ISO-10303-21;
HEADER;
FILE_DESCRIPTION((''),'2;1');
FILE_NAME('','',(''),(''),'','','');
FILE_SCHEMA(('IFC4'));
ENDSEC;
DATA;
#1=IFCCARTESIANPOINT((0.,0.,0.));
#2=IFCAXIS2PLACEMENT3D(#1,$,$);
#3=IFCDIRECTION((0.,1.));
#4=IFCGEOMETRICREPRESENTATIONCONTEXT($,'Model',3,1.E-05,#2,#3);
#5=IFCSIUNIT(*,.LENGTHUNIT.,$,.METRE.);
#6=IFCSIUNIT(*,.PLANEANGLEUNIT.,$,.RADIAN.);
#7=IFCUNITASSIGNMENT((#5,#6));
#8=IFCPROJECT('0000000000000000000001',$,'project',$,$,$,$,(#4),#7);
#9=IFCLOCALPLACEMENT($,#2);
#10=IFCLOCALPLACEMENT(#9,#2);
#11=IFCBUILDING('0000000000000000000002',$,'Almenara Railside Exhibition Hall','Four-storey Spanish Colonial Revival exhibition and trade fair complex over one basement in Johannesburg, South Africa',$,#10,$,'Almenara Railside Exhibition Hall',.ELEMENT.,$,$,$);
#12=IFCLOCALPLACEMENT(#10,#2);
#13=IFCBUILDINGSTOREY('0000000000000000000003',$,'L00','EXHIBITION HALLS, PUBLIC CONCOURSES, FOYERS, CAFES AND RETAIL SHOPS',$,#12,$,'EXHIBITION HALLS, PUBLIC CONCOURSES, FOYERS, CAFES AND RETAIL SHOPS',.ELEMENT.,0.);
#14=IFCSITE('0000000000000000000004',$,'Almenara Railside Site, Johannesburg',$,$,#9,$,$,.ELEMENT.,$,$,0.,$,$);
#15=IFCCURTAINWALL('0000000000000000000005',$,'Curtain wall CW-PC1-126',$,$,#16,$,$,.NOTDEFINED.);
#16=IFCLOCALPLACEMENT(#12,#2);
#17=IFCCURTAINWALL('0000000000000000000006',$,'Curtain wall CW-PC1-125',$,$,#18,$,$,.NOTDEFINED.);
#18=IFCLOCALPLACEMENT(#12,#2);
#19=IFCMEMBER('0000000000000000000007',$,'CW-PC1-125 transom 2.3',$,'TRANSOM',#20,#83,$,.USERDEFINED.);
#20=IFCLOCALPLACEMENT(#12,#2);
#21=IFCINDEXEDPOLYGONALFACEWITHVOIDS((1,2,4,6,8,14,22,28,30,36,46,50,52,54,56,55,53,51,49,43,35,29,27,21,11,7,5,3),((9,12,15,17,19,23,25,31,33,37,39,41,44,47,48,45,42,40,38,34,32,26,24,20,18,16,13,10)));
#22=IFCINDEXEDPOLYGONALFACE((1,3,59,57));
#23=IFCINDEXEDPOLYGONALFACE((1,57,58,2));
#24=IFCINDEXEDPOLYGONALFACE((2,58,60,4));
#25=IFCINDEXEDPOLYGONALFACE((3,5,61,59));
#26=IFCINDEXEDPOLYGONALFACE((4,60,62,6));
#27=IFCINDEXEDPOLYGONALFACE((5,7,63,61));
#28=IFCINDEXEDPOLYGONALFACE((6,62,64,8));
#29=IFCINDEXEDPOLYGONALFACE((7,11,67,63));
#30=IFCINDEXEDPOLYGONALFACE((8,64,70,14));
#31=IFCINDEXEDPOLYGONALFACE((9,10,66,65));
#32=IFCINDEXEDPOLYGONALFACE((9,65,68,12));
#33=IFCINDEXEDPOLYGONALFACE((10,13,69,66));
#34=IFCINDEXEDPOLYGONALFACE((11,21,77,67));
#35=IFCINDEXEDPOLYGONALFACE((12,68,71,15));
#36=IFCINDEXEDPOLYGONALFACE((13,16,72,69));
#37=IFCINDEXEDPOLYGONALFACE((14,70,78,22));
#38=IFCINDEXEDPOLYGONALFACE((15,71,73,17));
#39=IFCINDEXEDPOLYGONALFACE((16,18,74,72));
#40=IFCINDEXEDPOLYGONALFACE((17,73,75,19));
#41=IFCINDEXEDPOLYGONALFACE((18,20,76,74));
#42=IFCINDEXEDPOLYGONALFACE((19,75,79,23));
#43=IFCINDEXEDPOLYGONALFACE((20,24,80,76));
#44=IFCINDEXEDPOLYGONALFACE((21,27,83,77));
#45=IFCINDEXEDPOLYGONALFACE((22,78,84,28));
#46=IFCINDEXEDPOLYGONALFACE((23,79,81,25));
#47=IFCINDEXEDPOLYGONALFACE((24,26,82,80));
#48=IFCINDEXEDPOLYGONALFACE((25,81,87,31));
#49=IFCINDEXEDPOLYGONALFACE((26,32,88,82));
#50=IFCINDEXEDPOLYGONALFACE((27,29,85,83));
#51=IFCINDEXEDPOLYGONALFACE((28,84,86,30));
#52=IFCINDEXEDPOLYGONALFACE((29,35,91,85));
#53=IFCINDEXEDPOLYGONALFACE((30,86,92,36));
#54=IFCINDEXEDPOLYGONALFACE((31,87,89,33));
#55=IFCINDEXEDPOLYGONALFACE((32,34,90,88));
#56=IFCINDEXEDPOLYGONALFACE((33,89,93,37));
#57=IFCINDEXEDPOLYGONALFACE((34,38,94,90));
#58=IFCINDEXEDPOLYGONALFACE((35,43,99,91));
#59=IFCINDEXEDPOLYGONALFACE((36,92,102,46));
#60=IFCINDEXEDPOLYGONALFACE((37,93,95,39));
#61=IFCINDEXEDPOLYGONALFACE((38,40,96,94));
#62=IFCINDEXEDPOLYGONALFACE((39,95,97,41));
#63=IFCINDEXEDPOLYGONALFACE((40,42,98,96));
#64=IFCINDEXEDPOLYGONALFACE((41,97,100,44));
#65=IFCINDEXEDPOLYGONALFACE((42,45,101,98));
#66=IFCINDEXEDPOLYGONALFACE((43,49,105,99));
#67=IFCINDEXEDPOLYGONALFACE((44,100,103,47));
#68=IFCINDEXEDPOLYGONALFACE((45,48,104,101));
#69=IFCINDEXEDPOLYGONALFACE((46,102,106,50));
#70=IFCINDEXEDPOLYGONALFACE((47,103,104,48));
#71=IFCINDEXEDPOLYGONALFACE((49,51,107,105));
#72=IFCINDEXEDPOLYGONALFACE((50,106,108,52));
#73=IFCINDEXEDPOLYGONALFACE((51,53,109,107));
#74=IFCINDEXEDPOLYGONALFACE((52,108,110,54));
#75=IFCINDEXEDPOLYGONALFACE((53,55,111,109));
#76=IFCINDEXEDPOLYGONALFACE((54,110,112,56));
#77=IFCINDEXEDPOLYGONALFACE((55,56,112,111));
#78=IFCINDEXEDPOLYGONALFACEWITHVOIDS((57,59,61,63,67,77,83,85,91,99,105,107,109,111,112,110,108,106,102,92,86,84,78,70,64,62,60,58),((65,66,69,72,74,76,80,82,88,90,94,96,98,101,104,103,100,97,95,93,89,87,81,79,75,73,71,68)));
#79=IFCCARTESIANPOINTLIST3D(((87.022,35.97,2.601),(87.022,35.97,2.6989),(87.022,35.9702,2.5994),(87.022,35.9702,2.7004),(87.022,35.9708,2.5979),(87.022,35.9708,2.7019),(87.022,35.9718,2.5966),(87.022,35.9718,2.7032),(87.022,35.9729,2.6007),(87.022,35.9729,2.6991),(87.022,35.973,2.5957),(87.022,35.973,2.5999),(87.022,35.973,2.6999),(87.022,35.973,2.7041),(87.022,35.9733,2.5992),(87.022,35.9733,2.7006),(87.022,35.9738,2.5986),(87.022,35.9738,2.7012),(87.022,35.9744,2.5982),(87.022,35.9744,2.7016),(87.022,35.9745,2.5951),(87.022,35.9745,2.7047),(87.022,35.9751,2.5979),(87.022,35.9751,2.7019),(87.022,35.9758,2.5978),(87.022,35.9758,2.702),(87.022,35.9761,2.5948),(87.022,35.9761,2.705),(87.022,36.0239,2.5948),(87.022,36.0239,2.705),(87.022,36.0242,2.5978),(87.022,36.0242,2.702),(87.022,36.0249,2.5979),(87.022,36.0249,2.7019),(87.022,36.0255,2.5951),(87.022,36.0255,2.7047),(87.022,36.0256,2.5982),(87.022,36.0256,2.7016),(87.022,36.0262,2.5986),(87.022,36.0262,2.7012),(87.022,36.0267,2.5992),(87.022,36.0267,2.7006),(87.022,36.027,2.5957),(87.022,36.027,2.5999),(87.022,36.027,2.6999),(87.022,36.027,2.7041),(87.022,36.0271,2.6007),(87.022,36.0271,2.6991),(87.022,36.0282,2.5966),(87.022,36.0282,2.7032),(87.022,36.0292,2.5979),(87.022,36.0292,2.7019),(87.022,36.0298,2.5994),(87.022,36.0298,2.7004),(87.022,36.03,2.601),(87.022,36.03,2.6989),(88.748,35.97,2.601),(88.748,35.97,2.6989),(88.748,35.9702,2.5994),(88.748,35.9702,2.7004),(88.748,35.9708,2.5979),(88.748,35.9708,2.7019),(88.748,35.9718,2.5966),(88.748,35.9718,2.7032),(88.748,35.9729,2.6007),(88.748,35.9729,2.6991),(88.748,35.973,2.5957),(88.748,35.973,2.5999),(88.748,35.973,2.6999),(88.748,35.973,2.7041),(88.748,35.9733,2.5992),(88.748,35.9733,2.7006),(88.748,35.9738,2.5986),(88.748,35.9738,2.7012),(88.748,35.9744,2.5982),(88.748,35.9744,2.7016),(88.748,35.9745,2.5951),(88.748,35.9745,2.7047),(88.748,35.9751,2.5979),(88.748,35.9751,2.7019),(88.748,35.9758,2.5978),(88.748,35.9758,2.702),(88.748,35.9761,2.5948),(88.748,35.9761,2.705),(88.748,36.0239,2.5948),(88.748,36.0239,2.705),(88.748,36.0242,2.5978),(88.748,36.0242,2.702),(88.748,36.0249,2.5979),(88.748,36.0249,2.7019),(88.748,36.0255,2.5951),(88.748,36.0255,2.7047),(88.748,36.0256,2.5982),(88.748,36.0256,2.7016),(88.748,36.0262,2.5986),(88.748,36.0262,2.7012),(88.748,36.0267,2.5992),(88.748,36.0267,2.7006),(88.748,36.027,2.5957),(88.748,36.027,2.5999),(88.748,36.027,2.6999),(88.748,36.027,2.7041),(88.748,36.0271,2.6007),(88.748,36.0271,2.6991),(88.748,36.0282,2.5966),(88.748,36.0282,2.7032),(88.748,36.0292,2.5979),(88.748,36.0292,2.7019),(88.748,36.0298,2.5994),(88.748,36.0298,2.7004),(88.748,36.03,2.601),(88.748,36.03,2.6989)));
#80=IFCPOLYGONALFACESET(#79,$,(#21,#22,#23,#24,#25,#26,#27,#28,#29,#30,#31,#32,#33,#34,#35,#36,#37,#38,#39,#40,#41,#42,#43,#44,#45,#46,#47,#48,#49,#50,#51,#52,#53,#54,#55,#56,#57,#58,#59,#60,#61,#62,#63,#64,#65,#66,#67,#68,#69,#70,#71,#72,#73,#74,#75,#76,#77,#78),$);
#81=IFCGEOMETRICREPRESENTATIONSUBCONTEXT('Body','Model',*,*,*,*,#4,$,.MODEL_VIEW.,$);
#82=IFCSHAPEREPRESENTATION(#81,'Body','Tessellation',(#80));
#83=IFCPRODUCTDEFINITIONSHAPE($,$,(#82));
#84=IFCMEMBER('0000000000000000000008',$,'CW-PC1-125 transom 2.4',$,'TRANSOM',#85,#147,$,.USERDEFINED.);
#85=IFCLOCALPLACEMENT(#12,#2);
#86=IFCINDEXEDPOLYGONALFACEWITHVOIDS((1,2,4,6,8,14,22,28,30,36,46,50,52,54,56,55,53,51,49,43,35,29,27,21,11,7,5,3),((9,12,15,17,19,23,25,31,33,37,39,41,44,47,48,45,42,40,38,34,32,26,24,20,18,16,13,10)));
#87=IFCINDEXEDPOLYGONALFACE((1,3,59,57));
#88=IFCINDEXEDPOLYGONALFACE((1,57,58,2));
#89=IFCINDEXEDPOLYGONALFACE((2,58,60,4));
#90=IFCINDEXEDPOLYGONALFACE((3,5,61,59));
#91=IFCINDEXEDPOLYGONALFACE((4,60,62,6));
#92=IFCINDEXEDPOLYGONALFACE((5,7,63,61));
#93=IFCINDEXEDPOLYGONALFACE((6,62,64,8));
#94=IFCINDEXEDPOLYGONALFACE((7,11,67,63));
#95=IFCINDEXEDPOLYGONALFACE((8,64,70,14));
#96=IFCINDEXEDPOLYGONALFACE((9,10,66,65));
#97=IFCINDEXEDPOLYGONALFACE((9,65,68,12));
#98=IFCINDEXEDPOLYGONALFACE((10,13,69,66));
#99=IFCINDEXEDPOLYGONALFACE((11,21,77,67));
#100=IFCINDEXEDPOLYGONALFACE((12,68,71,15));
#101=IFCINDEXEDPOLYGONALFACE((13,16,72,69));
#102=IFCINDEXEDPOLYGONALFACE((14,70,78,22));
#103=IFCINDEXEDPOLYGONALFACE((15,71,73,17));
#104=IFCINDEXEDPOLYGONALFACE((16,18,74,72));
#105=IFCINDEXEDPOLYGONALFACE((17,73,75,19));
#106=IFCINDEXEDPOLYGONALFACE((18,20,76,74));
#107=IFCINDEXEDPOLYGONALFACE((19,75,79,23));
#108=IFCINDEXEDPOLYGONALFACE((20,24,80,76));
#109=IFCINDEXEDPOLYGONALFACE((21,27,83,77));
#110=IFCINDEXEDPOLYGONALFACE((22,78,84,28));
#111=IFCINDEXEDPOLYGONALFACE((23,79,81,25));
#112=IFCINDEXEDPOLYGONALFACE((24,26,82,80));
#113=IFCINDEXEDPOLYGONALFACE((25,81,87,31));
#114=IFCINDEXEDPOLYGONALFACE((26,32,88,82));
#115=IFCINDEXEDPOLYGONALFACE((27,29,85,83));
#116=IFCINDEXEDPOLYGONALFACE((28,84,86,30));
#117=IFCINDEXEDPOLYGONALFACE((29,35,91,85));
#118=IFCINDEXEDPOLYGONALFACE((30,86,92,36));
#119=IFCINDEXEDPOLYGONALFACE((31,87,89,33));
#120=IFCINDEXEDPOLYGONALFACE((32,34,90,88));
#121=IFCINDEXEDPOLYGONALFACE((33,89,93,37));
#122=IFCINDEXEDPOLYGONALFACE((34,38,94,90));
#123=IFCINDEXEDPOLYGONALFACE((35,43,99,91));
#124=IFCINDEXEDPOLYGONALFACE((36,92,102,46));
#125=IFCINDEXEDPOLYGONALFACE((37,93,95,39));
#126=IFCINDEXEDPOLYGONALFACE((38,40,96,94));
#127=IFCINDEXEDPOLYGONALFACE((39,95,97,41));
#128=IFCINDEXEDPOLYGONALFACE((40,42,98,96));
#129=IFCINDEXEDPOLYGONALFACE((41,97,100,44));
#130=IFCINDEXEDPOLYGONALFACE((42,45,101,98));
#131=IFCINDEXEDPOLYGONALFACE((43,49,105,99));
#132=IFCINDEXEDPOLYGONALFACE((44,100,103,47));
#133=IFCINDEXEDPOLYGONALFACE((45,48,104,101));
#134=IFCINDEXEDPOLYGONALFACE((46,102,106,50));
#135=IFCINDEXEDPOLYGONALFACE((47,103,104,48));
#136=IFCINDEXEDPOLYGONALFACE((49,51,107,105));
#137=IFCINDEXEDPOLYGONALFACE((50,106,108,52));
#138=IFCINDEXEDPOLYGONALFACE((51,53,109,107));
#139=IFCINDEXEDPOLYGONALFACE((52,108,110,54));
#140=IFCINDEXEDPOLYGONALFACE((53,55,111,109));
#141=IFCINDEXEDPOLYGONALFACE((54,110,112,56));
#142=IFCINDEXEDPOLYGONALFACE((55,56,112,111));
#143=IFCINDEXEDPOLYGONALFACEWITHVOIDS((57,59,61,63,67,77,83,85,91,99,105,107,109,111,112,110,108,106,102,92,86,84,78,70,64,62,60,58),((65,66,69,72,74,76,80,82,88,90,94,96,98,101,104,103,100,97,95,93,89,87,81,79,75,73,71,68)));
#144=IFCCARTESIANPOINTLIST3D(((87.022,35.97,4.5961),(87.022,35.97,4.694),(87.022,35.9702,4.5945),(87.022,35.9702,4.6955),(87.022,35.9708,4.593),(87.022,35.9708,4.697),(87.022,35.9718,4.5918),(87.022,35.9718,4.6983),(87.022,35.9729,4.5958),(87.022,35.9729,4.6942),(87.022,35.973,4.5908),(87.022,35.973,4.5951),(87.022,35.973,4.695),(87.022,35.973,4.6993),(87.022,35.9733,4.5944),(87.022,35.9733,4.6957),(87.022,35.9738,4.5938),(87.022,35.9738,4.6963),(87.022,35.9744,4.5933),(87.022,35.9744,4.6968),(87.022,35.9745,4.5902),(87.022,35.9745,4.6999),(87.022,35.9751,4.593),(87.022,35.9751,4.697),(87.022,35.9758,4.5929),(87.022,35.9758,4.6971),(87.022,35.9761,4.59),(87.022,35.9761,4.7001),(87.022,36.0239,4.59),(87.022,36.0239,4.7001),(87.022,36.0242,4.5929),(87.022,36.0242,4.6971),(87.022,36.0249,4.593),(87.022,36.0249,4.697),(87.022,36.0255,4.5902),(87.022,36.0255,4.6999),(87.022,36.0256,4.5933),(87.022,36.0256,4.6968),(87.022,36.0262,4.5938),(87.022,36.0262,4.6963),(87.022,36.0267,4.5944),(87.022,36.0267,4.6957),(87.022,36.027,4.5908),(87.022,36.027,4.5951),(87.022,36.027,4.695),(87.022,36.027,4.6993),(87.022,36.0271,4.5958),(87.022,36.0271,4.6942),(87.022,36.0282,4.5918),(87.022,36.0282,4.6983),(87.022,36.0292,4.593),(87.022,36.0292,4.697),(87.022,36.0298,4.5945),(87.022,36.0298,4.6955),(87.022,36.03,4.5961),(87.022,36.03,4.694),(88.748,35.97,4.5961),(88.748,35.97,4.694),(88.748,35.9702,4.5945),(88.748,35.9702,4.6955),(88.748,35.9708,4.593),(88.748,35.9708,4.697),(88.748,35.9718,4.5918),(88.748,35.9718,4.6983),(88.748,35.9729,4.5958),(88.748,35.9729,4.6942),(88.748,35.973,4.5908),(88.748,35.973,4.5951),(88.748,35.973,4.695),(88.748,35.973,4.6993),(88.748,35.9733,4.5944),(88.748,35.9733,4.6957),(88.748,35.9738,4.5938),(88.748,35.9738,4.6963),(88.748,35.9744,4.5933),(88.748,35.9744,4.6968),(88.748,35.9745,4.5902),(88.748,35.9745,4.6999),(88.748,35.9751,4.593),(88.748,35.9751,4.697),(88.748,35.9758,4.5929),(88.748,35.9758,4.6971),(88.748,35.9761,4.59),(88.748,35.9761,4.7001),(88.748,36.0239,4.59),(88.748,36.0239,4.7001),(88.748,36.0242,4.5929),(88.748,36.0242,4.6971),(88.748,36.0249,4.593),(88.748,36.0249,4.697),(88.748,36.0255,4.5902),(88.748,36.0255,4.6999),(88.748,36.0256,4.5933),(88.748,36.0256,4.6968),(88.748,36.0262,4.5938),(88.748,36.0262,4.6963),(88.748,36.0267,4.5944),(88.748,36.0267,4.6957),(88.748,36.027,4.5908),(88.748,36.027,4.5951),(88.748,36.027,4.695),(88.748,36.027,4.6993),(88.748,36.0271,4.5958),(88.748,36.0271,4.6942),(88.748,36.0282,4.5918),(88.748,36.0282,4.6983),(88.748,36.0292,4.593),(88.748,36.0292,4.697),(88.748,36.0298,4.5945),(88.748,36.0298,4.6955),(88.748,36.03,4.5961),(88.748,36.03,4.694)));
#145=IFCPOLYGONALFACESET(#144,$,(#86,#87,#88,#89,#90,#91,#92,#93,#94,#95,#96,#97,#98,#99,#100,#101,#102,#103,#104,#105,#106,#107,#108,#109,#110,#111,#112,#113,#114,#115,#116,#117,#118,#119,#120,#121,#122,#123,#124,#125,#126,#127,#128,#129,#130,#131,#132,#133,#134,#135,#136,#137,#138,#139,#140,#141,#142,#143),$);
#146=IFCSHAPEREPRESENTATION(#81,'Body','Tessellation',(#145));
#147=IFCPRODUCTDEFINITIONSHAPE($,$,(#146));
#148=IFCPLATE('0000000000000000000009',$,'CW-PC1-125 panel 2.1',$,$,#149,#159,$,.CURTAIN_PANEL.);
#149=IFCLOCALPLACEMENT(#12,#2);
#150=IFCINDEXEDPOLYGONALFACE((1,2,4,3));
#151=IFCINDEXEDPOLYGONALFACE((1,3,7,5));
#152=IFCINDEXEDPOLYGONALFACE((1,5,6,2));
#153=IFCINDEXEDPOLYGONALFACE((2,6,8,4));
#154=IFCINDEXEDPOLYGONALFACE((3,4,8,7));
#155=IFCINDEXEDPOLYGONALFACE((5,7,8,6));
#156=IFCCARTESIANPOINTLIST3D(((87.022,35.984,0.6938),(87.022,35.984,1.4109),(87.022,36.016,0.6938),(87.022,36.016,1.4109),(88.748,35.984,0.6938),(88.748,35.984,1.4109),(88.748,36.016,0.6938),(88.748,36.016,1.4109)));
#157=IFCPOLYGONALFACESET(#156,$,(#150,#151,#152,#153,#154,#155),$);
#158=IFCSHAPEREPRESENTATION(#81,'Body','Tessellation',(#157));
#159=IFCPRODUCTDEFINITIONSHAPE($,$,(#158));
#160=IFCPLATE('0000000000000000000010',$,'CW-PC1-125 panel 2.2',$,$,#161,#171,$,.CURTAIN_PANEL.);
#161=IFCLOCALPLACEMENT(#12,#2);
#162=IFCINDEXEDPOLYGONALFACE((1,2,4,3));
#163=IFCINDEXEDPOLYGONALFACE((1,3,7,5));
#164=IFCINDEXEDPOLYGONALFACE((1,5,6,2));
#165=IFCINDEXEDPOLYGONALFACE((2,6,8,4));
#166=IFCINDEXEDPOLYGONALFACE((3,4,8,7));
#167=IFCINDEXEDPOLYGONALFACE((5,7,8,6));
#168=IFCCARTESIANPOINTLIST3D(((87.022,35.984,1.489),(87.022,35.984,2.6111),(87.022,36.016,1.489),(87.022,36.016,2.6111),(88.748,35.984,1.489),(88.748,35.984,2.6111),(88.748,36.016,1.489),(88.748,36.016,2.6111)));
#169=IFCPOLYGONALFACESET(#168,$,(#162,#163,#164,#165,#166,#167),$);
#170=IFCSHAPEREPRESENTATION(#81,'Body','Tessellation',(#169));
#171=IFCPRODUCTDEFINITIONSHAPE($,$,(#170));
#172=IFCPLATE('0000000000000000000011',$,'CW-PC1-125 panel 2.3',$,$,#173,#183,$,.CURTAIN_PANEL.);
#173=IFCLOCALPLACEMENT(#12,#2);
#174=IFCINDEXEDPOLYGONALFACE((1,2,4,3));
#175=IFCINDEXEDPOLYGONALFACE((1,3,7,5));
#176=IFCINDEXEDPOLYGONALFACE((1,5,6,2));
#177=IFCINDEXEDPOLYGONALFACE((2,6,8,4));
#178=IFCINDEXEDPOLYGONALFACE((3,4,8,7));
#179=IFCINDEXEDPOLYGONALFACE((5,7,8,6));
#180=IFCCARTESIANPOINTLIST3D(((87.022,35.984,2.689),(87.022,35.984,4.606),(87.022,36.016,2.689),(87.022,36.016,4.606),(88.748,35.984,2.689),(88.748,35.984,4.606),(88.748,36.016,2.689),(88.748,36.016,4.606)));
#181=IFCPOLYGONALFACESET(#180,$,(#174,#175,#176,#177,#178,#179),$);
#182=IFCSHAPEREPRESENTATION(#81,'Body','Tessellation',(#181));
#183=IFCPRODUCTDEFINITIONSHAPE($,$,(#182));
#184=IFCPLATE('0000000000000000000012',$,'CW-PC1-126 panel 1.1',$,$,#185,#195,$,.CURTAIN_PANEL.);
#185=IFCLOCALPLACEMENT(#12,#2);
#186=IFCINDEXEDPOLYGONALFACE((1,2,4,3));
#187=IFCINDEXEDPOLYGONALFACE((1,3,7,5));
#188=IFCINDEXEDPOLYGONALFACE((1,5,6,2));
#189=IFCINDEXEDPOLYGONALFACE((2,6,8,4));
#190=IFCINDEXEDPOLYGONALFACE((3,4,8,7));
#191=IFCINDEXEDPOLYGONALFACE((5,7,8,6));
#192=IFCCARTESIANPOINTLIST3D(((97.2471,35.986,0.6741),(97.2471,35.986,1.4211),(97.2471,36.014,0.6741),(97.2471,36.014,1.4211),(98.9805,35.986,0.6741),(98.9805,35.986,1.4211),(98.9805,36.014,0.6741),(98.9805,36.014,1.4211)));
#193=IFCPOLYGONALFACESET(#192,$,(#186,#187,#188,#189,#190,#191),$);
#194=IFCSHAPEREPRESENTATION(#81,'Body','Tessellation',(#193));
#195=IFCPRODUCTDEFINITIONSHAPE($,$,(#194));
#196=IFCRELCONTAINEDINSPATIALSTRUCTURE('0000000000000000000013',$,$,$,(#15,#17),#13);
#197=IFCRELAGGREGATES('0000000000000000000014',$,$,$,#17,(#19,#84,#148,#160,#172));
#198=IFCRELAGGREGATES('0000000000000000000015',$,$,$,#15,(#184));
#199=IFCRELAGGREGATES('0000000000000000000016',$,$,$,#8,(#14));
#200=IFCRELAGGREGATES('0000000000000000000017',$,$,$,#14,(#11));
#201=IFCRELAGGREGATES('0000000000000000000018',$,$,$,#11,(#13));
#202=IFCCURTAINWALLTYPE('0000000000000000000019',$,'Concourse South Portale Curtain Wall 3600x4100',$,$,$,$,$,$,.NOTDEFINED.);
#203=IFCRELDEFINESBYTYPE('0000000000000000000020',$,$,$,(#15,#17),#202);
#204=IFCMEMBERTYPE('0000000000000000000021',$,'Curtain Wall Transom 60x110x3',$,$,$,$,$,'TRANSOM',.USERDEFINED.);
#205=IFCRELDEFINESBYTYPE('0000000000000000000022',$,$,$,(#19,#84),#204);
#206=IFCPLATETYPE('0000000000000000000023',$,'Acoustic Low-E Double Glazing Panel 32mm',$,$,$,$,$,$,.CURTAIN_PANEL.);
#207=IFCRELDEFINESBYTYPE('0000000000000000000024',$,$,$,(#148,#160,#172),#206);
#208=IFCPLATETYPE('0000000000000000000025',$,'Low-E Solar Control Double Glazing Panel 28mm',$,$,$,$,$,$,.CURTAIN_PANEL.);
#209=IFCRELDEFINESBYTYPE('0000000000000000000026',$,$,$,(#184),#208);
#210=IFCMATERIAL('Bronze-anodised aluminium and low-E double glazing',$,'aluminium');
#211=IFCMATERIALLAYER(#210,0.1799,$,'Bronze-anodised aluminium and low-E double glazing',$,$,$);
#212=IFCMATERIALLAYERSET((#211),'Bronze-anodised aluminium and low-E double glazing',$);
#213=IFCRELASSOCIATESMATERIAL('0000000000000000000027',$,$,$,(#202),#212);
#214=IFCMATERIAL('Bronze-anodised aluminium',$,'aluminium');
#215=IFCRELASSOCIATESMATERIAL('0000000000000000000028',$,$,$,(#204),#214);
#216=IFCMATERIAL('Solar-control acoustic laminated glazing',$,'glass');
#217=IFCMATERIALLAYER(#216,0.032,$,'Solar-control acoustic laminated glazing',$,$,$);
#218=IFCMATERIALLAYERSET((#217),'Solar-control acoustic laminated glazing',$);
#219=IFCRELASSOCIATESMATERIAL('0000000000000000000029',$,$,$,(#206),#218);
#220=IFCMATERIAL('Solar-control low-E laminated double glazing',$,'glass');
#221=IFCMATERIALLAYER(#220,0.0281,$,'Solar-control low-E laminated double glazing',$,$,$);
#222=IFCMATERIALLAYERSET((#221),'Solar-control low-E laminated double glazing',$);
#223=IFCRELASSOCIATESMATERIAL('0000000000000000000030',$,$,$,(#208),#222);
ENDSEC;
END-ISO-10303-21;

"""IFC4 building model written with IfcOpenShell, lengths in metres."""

from ifc_helpers import new_model, si_unit, direction, frame, origin, origin_2d, place, context, subcontext, project, spatial, rectangle, hollow_rectangle, extrude, material, layer, layer_set, material_profile, profile_set, type_object, element, aggregate, save


model = new_model("IFC4")

# Units and contexts
model_context = context("Model", 3, precision=1e-05, world=origin(), true_north=direction((0.0, 1.0)))
body_context = subcontext(model_context, "Body", "Model", "MODEL_VIEW")
ifc_project = project(units=[si_unit("LENGTHUNIT", "METRE"), si_unit("PLANEANGLEUNIT", "RADIAN")], contexts=[model_context])

# Site, building, storey
site_placement = place(None, origin())
site = spatial("IfcSite", under=ifc_project, at=site_placement, Name="Almenara Railside Site, Johannesburg", CompositionType="ELEMENT", RefElevation=0.0)
building_placement = place(site_placement, origin())
building = spatial("IfcBuilding", under=site, at=building_placement, Name="Almenara Railside Exhibition Hall", Description="Four-storey Spanish Colonial Revival exhibition and trade fair complex over one basement in Johannesburg, South Africa", LongName="Almenara Railside Exhibition Hall", CompositionType="ELEMENT")
storey_placement = place(building_placement, origin())
storey = spatial("IfcBuildingStorey", under=building, at=storey_placement, Name="L00", Description="EXHIBITION HALLS, PUBLIC CONCOURSES, FOYERS, CAFES AND RETAIL SHOPS", LongName="EXHIBITION HALLS, PUBLIC CONCOURSES, FOYERS, CAFES AND RETAIL SHOPS", CompositionType="ELEMENT", Elevation=0.0)

# Curtain walls
ifc_material_1 = material(Name="Bronze-anodised aluminium and low-E double glazing", Category="aluminium")
ifc_layer_1 = layer(ifc_material_1, 0.1799, Name="Bronze-anodised aluminium and low-E double glazing")
ifc_layer_set_1 = layer_set([ifc_layer_1], Name="Bronze-anodised aluminium and low-E double glazing")
curtain_wall_type = type_object("IfcCurtainWallType", Name="Concourse South Portale Curtain Wall 3600x4100", PredefinedType="NOTDEFINED", material=ifc_layer_set_1)
curtain_wall_1_placement = place(storey_placement, origin())
curtain_wall_1 = element("IfcCurtainWall", 1, at=curtain_wall_1_placement, inside=storey, type_object=curtain_wall_type, Name="Curtain wall CW-PC1-126", PredefinedType="NOTDEFINED")
ifc_material_2 = material(Name="Bronze-anodised aluminium", Category="aluminium")
curtain_wall_2_placement = place(storey_placement, origin())
curtain_wall_2 = element("IfcCurtainWall", 2, at=curtain_wall_2_placement, inside=storey, type_object=curtain_wall_type, Name="Curtain wall CW-PC1-125", PredefinedType="NOTDEFINED")

# Members
ifc_material_profile_1 = material_profile(ifc_material_2, hollow_rectangle(XDim=0.0601, YDim=0.1101, WallThickness=0.0029, InnerFilletRadius=0.0029, OuterFilletRadius=0.0061, at=origin_2d()), Name="ALU-TRN 60x110x3")
ifc_profile_set_1 = profile_set([ifc_material_profile_1], Name="Bronze-anodised aluminium")
member_type_1 = type_object("IfcMemberType", Name="Curtain Wall Transom 60x110x3", ElementType="TRANSOM", PredefinedType="USERDEFINED", material=ifc_profile_set_1)
member_1_placement = place(storey_placement, frame((87.022, 36.0, 2.6499), z_axis=(1.0, 0.0, 0.0), x_axis=(0.0, 1.0, 0.0)))
member_1 = element("IfcMember", 3, at=member_1_placement, type_object=member_type_1, Name="CW-PC1-125 transom 2.3", ObjectType="TRANSOM", PredefinedType="USERDEFINED", context=body_context, shape_type="SweptSolid", body=[
    extrude(hollow_rectangle(XDim=0.0601, YDim=0.1101, WallThickness=0.0029, InnerFilletRadius=0.0029, OuterFilletRadius=0.0061, at=origin_2d()), origin(), (0.0, 0.0, 1.0), 1.7261),
])
member_2_placement = place(storey_placement, frame((87.022, 36.0, 4.645), z_axis=(1.0, 0.0, 0.0), x_axis=(0.0, 1.0, 0.0)))
member_2 = element("IfcMember", 4, at=member_2_placement, type_object=member_type_1, Name="CW-PC1-125 transom 2.4", ObjectType="TRANSOM", PredefinedType="USERDEFINED", context=body_context, shape_type="SweptSolid", body=[
    extrude(hollow_rectangle(XDim=0.0601, YDim=0.1101, WallThickness=0.0029, InnerFilletRadius=0.0029, OuterFilletRadius=0.0061, at=origin_2d()), origin(), (0.0, 0.0, 1.0), 1.7261),
])

# Plates
ifc_material_3 = material(Name="Solar-control acoustic laminated glazing", Category="glass")
ifc_layer_2 = layer(ifc_material_3, 0.032, Name="Solar-control acoustic laminated glazing")
ifc_layer_set_2 = layer_set([ifc_layer_2], Name="Solar-control acoustic laminated glazing")
plate_type_1 = type_object("IfcPlateType", Name="Acoustic Low-E Double Glazing Panel 32mm", PredefinedType="CURTAIN_PANEL", material=ifc_layer_set_2)
plate_1_placement = place(storey_placement, frame((87.885, 36.0, 0.6938), z_axis=(0.0, 0.0, 1.0), x_axis=(1.0, 0.0, 0.0)))
plate_1 = element("IfcPlate", 5, at=plate_1_placement, type_object=plate_type_1, Name="CW-PC1-125 panel 2.1", PredefinedType="CURTAIN_PANEL", context=body_context, shape_type="SweptSolid", body=[
    extrude(rectangle(XDim=1.7261, YDim=0.032, at=origin_2d()), origin(), (0.0, 0.0, 1.0), 0.717),
])
plate_2_placement = place(storey_placement, frame((87.885, 36.0, 1.489), z_axis=(0.0, 0.0, 1.0), x_axis=(1.0, 0.0, 0.0)))
plate_2 = element("IfcPlate", 6, at=plate_2_placement, type_object=plate_type_1, Name="CW-PC1-125 panel 2.2", PredefinedType="CURTAIN_PANEL", context=body_context, shape_type="SweptSolid", body=[
    extrude(rectangle(XDim=1.7261, YDim=0.032, at=origin_2d()), origin(), (0.0, 0.0, 1.0), 1.1221),
])
plate_3_placement = place(storey_placement, frame((87.885, 36.0, 2.689), z_axis=(0.0, 0.0, 1.0), x_axis=(1.0, 0.0, 0.0)))
plate_3 = element("IfcPlate", 7, at=plate_3_placement, type_object=plate_type_1, Name="CW-PC1-125 panel 2.3", PredefinedType="CURTAIN_PANEL", context=body_context, shape_type="SweptSolid", body=[
    extrude(rectangle(XDim=1.7261, YDim=0.032, at=origin_2d()), origin(), (0.0, 0.0, 1.0), 1.917),
])
aggregate(curtain_wall_2, [member_1, member_2, plate_1, plate_2, plate_3])
ifc_material_4 = material(Name="Solar-control low-E laminated double glazing", Category="glass")
ifc_layer_3 = layer(ifc_material_4, 0.0281, Name="Solar-control low-E laminated double glazing")
ifc_layer_set_3 = layer_set([ifc_layer_3], Name="Solar-control low-E laminated double glazing")
plate_type_2 = type_object("IfcPlateType", Name="Low-E Solar Control Double Glazing Panel 28mm", PredefinedType="CURTAIN_PANEL", material=ifc_layer_set_3)
plate_4_placement = place(storey_placement, frame((98.1138, 36.0, 0.6741), z_axis=(0.0, 0.0, 1.0), x_axis=(1.0, 0.0, 0.0)))
plate_4 = element("IfcPlate", 8, at=plate_4_placement, type_object=plate_type_2, Name="CW-PC1-126 panel 1.1", PredefinedType="CURTAIN_PANEL", context=body_context, shape_type="SweptSolid", body=[
    extrude(rectangle(XDim=1.7334, YDim=0.0281, at=origin_2d()), origin(), (0.0, 0.0, 1.0), 0.7471),
])
aggregate(curtain_wall_1, [plate_4])

save(model, "model.ifc")
